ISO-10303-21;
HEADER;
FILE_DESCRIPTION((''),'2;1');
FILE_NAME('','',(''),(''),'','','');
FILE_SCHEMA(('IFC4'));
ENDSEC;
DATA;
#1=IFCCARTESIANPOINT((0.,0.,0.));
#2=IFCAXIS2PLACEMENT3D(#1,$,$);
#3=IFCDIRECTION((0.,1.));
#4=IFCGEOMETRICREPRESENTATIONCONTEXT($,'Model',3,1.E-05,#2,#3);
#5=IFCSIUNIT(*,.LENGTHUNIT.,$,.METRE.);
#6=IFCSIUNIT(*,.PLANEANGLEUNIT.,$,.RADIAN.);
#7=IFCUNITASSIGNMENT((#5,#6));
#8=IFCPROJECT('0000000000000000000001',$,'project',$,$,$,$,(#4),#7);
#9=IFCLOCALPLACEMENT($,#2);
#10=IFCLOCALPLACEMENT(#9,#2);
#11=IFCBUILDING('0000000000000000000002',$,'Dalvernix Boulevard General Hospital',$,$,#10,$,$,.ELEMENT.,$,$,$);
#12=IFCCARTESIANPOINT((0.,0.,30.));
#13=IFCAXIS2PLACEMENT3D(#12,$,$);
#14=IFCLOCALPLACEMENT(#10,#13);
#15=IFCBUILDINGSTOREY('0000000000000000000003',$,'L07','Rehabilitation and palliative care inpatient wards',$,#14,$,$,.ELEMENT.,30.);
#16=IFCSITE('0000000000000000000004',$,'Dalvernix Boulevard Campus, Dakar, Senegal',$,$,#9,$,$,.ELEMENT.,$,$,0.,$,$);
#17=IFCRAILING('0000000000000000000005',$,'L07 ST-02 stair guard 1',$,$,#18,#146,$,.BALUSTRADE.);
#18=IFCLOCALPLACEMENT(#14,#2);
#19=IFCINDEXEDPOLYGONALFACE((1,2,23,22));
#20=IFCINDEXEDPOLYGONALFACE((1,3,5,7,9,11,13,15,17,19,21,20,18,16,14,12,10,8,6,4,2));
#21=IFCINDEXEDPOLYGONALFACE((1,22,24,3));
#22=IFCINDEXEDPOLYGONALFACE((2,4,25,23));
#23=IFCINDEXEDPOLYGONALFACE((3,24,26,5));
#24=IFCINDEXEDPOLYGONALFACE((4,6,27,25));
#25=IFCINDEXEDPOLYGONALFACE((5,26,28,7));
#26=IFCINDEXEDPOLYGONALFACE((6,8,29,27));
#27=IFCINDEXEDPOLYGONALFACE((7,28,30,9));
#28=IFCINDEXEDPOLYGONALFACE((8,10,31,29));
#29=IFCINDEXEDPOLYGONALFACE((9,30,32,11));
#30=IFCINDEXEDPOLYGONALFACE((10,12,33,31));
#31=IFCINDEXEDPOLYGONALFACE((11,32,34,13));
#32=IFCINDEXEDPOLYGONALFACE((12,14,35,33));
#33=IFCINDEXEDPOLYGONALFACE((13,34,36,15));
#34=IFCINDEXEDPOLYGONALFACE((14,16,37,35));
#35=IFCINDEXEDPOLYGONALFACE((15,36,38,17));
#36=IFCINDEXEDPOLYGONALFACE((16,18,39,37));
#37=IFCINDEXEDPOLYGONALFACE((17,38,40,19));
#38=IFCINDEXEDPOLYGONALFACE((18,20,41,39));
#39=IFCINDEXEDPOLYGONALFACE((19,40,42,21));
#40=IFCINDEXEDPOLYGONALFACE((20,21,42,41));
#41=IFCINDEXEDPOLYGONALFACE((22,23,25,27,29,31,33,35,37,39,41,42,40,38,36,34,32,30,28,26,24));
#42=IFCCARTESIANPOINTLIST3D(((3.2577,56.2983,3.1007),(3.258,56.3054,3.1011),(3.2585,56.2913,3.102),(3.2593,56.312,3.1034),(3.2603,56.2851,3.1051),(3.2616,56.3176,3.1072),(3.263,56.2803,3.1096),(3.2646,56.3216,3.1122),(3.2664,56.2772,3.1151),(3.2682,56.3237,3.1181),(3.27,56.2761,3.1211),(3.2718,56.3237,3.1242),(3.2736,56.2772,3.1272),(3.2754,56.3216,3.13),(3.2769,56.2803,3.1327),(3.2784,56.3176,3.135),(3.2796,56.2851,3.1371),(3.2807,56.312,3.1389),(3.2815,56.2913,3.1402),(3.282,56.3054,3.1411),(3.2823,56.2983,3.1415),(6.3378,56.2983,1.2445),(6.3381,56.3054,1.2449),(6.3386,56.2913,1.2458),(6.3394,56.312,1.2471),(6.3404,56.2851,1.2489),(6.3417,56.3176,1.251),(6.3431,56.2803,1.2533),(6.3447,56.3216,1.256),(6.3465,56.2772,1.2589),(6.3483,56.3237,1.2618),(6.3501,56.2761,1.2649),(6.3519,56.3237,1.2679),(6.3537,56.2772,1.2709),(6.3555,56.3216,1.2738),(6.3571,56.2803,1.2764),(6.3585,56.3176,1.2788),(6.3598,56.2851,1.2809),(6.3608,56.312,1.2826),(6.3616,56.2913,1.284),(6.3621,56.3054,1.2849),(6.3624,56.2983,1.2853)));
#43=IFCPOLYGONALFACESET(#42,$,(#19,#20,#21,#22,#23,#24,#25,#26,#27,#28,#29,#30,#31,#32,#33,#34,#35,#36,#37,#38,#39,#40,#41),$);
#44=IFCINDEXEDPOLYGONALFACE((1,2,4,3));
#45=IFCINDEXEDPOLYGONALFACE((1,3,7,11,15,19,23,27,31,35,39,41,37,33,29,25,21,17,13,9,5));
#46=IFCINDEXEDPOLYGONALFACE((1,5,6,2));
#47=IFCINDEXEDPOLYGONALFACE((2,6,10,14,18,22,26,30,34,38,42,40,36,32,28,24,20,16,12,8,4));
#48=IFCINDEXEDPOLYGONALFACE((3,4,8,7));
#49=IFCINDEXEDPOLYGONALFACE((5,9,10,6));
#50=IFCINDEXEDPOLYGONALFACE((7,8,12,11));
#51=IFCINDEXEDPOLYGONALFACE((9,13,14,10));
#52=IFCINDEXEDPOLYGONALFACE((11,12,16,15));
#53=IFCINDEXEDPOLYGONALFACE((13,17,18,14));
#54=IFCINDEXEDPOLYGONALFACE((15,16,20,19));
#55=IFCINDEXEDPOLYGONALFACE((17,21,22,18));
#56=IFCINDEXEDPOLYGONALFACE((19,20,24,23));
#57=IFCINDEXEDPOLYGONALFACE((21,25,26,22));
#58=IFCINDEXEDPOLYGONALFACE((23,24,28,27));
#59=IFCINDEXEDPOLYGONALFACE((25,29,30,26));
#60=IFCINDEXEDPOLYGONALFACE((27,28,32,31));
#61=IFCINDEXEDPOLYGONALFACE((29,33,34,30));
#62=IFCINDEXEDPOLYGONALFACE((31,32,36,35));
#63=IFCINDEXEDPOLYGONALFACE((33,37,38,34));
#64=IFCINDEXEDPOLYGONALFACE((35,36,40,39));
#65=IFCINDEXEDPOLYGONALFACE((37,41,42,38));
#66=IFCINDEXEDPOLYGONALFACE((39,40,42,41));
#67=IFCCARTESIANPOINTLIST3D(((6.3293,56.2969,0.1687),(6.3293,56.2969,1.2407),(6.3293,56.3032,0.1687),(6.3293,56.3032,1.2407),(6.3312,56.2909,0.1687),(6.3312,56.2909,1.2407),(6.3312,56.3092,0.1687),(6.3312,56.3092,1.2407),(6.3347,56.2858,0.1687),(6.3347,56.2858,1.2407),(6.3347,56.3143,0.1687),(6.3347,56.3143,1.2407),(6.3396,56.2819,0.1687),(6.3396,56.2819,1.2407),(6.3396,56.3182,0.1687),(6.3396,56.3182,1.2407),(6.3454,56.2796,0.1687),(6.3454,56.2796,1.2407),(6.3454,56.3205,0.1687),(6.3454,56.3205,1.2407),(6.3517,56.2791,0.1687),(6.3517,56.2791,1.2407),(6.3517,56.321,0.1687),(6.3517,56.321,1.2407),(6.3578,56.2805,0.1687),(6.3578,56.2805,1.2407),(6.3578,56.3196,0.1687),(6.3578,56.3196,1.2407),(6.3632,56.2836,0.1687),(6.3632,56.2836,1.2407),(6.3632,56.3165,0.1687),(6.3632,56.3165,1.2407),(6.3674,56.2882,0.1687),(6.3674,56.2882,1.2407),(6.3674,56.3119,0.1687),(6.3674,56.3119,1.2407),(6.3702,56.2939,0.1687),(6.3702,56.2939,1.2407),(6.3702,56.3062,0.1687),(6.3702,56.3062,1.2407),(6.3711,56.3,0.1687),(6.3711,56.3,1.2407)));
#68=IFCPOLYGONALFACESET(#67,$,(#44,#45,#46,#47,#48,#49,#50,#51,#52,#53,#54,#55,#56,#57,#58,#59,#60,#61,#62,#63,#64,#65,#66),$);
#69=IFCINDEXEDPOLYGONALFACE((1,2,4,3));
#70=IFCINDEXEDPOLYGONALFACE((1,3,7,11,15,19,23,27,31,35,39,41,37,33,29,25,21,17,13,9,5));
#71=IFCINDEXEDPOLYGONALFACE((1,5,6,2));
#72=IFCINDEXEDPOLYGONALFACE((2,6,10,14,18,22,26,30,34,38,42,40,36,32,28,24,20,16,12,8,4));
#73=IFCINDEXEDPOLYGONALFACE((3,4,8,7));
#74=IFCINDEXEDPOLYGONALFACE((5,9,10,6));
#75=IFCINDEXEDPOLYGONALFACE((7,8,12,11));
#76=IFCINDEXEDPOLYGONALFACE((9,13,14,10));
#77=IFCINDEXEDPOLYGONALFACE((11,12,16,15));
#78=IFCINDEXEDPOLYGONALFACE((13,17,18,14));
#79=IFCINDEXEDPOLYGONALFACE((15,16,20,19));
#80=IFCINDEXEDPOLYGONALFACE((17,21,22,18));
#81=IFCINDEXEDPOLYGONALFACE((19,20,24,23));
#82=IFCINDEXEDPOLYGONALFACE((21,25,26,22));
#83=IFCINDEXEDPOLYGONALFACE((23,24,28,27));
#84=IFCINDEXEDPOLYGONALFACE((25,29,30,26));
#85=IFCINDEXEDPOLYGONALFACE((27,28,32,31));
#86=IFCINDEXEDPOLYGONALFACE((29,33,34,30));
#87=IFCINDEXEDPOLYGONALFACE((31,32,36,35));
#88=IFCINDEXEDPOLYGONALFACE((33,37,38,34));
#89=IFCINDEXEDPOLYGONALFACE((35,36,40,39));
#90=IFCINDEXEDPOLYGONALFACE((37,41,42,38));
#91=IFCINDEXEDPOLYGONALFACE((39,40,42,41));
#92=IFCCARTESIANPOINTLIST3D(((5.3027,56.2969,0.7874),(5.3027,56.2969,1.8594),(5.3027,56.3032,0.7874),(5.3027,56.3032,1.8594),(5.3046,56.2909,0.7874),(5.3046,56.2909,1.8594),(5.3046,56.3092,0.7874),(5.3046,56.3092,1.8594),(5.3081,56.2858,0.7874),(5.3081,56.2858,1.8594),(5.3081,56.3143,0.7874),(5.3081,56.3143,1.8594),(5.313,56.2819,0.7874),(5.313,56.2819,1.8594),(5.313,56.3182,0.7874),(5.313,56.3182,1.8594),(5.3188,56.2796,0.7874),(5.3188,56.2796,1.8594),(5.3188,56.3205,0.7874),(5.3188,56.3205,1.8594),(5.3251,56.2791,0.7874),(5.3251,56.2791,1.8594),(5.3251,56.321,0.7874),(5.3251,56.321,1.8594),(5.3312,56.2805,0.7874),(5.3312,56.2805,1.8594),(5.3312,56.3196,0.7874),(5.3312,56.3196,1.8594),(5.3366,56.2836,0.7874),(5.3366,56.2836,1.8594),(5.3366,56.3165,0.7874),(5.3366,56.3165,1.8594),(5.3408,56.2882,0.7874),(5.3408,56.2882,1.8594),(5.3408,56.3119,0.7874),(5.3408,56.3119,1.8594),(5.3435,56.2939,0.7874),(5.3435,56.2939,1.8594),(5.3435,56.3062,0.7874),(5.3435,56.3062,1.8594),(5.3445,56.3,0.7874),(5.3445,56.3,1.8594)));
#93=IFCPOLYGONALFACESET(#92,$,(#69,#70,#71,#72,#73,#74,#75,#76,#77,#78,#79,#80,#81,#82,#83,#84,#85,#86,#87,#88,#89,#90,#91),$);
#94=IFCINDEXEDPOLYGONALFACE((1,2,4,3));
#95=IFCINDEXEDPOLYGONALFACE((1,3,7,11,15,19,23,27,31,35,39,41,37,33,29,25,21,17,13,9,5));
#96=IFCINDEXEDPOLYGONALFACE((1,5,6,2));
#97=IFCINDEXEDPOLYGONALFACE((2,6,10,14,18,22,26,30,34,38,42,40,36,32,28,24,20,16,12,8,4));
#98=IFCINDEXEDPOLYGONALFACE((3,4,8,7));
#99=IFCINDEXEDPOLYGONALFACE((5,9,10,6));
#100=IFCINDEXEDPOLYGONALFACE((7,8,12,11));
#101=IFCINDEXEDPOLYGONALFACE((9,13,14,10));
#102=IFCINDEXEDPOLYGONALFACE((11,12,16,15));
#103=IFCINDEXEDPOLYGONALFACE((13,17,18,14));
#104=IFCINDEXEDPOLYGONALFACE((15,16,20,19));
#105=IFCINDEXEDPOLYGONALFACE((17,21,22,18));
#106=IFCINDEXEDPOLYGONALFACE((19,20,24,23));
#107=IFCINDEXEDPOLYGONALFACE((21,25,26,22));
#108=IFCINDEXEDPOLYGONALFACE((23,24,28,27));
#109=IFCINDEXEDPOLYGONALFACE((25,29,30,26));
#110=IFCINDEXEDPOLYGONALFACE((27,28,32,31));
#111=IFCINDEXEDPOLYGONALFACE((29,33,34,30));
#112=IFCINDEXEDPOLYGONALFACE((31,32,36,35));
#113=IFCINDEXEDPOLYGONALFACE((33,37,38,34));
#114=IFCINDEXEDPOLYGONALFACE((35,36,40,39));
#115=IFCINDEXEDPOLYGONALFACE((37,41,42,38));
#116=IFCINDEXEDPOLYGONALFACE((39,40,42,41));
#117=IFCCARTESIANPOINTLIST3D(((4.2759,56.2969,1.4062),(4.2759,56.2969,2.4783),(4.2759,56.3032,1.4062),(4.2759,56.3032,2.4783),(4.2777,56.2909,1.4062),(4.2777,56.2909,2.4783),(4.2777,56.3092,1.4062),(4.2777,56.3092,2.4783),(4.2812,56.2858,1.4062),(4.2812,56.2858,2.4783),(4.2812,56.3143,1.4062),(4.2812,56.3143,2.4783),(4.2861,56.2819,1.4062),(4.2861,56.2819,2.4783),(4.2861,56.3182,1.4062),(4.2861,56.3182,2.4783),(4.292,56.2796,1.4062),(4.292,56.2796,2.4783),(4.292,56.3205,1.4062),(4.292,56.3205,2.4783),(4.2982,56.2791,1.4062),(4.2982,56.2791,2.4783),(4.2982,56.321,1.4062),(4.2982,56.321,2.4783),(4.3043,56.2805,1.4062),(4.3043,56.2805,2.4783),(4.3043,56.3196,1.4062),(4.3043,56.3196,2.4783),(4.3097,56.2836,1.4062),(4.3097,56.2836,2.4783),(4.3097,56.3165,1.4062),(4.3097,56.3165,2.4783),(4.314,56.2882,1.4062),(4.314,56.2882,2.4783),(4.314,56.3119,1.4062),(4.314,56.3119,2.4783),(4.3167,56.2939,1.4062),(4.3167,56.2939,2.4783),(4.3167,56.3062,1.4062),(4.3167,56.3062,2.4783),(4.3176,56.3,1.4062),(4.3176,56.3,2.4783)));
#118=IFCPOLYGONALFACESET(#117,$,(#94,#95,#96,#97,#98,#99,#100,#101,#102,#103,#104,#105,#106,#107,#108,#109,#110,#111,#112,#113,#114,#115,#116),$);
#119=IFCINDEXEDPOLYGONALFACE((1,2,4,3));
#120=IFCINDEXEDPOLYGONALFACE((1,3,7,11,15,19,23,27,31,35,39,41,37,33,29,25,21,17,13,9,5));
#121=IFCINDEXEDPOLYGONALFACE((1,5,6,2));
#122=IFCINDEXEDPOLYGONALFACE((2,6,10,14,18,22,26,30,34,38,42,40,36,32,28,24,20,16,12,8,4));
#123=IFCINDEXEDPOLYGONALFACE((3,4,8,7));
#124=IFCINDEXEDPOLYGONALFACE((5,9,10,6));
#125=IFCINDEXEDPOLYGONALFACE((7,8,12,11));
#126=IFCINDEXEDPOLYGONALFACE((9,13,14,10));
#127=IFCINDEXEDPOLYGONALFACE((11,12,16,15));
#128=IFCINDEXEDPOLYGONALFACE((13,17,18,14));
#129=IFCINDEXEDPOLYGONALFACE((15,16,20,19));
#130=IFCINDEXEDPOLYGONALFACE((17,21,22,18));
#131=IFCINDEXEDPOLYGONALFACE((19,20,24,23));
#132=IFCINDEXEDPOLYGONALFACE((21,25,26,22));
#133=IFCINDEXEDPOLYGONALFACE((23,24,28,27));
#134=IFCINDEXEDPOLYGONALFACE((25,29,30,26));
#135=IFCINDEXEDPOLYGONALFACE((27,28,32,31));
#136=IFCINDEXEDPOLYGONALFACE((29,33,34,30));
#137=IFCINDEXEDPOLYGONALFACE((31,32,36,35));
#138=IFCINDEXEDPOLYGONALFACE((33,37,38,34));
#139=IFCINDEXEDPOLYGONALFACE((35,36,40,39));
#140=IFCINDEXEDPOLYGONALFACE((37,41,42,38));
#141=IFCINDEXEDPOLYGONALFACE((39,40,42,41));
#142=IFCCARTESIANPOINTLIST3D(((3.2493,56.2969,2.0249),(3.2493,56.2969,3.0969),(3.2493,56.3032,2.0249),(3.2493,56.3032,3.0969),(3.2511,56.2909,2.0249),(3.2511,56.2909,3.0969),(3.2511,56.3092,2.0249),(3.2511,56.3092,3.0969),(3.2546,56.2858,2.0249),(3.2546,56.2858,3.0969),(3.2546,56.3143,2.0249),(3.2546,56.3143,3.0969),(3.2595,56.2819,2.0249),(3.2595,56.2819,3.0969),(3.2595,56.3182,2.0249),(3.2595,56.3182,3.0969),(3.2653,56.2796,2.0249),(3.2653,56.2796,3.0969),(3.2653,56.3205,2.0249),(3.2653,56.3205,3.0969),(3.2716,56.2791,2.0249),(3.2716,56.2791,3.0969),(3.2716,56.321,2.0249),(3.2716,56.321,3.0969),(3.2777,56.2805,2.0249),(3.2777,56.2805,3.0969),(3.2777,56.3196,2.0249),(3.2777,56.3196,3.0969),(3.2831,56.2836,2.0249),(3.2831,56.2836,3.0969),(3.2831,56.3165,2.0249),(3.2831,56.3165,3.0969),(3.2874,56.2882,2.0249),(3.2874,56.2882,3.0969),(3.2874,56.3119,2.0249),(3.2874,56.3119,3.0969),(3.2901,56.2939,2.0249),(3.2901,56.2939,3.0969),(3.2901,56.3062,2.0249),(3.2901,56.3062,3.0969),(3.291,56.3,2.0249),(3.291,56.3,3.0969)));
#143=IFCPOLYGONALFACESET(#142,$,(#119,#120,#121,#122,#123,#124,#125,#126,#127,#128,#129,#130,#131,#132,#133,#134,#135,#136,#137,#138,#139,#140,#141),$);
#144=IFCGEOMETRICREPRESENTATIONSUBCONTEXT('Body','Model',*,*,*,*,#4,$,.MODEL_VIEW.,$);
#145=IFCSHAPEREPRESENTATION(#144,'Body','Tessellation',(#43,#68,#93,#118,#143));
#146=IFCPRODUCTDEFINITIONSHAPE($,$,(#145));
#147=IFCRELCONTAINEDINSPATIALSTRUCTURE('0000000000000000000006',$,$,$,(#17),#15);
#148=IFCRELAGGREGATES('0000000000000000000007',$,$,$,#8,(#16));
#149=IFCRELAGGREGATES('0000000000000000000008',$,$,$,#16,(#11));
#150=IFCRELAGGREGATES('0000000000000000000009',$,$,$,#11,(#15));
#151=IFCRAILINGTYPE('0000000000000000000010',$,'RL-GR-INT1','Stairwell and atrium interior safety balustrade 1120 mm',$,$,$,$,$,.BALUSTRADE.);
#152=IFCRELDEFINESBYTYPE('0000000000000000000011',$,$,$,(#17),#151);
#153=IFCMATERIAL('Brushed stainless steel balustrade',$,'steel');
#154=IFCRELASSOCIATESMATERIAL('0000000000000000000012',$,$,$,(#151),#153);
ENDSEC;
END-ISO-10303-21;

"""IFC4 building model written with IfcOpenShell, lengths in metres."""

from ifc_helpers import new_model, si_unit, direction, frame, origin, origin_2d, place, context, subcontext, project, spatial, circle, extrude, material, type_object, element, save


model = new_model("IFC4")

# Units and contexts
model_context = context("Model", 3, precision=1e-05, world=origin(), true_north=direction((0.0, 1.0)))
body_context = subcontext(model_context, "Body", "Model", "MODEL_VIEW")
ifc_project = project(units=[si_unit("LENGTHUNIT", "METRE"), si_unit("PLANEANGLEUNIT", "RADIAN")], contexts=[model_context])

# Site, building, storey
site_placement = place(None, origin())
site = spatial("IfcSite", under=ifc_project, at=site_placement, Name="Dalvernix Boulevard Campus, Dakar, Senegal", CompositionType="ELEMENT", RefElevation=0.0)
building_placement = place(site_placement, origin())
building = spatial("IfcBuilding", under=site, at=building_placement, Name="Dalvernix Boulevard General Hospital", CompositionType="ELEMENT")
storey_placement = place(building_placement, frame((0.0, 0.0, 30.0)))
storey = spatial("IfcBuildingStorey", under=building, at=storey_placement, Name="L07", Description="Rehabilitation and palliative care inpatient wards", CompositionType="ELEMENT", Elevation=30.0)

# Railing
ifc_material_1 = material(Name="Brushed stainless steel balustrade", Category="steel")
railing_type_1 = type_object("IfcRailingType", Name="RL-GR-INT1", Description="Stairwell and atrium interior safety balustrade 1120 mm", PredefinedType="BALUSTRADE", material=ifc_material_1)
railing_1_placement = place(storey_placement, frame((6.3501, 56.3, 0.1687)))
element("IfcRailing", 1, at=railing_1_placement, inside=storey, type_object=railing_type_1, Name="L07 ST-02 stair guard 1", PredefinedType="BALUSTRADE", context=body_context, shape_type="SweptSolid", body=[
    extrude(circle(Radius=0.0239, at=origin_2d()), frame((0.0, 0.0, 1.0962), z_axis=(-0.856491, 0.0, 0.516162), x_axis=(0.0, -1.0, 0.0)), (0.0, 0.0, 1.0), 3.5962),
    extrude(circle(Radius=0.021, at=origin_2d()), origin(), (0.0, 0.0, 1.0), 1.072),
    extrude(circle(Radius=0.021, at=origin_2d()), frame((-1.0266, 0.0, 0.6187)), (0.0, 0.0, 1.0), 1.072),
    extrude(circle(Radius=0.021, at=origin_2d()), frame((-2.0535, 0.0, 1.2375)), (0.0, 0.0, 1.0), 1.072),
    extrude(circle(Radius=0.021, at=origin_2d()), frame((-3.0801, 0.0, 1.8562)), (0.0, 0.0, 1.0), 1.072),
])

save(model, "model.ifc")
